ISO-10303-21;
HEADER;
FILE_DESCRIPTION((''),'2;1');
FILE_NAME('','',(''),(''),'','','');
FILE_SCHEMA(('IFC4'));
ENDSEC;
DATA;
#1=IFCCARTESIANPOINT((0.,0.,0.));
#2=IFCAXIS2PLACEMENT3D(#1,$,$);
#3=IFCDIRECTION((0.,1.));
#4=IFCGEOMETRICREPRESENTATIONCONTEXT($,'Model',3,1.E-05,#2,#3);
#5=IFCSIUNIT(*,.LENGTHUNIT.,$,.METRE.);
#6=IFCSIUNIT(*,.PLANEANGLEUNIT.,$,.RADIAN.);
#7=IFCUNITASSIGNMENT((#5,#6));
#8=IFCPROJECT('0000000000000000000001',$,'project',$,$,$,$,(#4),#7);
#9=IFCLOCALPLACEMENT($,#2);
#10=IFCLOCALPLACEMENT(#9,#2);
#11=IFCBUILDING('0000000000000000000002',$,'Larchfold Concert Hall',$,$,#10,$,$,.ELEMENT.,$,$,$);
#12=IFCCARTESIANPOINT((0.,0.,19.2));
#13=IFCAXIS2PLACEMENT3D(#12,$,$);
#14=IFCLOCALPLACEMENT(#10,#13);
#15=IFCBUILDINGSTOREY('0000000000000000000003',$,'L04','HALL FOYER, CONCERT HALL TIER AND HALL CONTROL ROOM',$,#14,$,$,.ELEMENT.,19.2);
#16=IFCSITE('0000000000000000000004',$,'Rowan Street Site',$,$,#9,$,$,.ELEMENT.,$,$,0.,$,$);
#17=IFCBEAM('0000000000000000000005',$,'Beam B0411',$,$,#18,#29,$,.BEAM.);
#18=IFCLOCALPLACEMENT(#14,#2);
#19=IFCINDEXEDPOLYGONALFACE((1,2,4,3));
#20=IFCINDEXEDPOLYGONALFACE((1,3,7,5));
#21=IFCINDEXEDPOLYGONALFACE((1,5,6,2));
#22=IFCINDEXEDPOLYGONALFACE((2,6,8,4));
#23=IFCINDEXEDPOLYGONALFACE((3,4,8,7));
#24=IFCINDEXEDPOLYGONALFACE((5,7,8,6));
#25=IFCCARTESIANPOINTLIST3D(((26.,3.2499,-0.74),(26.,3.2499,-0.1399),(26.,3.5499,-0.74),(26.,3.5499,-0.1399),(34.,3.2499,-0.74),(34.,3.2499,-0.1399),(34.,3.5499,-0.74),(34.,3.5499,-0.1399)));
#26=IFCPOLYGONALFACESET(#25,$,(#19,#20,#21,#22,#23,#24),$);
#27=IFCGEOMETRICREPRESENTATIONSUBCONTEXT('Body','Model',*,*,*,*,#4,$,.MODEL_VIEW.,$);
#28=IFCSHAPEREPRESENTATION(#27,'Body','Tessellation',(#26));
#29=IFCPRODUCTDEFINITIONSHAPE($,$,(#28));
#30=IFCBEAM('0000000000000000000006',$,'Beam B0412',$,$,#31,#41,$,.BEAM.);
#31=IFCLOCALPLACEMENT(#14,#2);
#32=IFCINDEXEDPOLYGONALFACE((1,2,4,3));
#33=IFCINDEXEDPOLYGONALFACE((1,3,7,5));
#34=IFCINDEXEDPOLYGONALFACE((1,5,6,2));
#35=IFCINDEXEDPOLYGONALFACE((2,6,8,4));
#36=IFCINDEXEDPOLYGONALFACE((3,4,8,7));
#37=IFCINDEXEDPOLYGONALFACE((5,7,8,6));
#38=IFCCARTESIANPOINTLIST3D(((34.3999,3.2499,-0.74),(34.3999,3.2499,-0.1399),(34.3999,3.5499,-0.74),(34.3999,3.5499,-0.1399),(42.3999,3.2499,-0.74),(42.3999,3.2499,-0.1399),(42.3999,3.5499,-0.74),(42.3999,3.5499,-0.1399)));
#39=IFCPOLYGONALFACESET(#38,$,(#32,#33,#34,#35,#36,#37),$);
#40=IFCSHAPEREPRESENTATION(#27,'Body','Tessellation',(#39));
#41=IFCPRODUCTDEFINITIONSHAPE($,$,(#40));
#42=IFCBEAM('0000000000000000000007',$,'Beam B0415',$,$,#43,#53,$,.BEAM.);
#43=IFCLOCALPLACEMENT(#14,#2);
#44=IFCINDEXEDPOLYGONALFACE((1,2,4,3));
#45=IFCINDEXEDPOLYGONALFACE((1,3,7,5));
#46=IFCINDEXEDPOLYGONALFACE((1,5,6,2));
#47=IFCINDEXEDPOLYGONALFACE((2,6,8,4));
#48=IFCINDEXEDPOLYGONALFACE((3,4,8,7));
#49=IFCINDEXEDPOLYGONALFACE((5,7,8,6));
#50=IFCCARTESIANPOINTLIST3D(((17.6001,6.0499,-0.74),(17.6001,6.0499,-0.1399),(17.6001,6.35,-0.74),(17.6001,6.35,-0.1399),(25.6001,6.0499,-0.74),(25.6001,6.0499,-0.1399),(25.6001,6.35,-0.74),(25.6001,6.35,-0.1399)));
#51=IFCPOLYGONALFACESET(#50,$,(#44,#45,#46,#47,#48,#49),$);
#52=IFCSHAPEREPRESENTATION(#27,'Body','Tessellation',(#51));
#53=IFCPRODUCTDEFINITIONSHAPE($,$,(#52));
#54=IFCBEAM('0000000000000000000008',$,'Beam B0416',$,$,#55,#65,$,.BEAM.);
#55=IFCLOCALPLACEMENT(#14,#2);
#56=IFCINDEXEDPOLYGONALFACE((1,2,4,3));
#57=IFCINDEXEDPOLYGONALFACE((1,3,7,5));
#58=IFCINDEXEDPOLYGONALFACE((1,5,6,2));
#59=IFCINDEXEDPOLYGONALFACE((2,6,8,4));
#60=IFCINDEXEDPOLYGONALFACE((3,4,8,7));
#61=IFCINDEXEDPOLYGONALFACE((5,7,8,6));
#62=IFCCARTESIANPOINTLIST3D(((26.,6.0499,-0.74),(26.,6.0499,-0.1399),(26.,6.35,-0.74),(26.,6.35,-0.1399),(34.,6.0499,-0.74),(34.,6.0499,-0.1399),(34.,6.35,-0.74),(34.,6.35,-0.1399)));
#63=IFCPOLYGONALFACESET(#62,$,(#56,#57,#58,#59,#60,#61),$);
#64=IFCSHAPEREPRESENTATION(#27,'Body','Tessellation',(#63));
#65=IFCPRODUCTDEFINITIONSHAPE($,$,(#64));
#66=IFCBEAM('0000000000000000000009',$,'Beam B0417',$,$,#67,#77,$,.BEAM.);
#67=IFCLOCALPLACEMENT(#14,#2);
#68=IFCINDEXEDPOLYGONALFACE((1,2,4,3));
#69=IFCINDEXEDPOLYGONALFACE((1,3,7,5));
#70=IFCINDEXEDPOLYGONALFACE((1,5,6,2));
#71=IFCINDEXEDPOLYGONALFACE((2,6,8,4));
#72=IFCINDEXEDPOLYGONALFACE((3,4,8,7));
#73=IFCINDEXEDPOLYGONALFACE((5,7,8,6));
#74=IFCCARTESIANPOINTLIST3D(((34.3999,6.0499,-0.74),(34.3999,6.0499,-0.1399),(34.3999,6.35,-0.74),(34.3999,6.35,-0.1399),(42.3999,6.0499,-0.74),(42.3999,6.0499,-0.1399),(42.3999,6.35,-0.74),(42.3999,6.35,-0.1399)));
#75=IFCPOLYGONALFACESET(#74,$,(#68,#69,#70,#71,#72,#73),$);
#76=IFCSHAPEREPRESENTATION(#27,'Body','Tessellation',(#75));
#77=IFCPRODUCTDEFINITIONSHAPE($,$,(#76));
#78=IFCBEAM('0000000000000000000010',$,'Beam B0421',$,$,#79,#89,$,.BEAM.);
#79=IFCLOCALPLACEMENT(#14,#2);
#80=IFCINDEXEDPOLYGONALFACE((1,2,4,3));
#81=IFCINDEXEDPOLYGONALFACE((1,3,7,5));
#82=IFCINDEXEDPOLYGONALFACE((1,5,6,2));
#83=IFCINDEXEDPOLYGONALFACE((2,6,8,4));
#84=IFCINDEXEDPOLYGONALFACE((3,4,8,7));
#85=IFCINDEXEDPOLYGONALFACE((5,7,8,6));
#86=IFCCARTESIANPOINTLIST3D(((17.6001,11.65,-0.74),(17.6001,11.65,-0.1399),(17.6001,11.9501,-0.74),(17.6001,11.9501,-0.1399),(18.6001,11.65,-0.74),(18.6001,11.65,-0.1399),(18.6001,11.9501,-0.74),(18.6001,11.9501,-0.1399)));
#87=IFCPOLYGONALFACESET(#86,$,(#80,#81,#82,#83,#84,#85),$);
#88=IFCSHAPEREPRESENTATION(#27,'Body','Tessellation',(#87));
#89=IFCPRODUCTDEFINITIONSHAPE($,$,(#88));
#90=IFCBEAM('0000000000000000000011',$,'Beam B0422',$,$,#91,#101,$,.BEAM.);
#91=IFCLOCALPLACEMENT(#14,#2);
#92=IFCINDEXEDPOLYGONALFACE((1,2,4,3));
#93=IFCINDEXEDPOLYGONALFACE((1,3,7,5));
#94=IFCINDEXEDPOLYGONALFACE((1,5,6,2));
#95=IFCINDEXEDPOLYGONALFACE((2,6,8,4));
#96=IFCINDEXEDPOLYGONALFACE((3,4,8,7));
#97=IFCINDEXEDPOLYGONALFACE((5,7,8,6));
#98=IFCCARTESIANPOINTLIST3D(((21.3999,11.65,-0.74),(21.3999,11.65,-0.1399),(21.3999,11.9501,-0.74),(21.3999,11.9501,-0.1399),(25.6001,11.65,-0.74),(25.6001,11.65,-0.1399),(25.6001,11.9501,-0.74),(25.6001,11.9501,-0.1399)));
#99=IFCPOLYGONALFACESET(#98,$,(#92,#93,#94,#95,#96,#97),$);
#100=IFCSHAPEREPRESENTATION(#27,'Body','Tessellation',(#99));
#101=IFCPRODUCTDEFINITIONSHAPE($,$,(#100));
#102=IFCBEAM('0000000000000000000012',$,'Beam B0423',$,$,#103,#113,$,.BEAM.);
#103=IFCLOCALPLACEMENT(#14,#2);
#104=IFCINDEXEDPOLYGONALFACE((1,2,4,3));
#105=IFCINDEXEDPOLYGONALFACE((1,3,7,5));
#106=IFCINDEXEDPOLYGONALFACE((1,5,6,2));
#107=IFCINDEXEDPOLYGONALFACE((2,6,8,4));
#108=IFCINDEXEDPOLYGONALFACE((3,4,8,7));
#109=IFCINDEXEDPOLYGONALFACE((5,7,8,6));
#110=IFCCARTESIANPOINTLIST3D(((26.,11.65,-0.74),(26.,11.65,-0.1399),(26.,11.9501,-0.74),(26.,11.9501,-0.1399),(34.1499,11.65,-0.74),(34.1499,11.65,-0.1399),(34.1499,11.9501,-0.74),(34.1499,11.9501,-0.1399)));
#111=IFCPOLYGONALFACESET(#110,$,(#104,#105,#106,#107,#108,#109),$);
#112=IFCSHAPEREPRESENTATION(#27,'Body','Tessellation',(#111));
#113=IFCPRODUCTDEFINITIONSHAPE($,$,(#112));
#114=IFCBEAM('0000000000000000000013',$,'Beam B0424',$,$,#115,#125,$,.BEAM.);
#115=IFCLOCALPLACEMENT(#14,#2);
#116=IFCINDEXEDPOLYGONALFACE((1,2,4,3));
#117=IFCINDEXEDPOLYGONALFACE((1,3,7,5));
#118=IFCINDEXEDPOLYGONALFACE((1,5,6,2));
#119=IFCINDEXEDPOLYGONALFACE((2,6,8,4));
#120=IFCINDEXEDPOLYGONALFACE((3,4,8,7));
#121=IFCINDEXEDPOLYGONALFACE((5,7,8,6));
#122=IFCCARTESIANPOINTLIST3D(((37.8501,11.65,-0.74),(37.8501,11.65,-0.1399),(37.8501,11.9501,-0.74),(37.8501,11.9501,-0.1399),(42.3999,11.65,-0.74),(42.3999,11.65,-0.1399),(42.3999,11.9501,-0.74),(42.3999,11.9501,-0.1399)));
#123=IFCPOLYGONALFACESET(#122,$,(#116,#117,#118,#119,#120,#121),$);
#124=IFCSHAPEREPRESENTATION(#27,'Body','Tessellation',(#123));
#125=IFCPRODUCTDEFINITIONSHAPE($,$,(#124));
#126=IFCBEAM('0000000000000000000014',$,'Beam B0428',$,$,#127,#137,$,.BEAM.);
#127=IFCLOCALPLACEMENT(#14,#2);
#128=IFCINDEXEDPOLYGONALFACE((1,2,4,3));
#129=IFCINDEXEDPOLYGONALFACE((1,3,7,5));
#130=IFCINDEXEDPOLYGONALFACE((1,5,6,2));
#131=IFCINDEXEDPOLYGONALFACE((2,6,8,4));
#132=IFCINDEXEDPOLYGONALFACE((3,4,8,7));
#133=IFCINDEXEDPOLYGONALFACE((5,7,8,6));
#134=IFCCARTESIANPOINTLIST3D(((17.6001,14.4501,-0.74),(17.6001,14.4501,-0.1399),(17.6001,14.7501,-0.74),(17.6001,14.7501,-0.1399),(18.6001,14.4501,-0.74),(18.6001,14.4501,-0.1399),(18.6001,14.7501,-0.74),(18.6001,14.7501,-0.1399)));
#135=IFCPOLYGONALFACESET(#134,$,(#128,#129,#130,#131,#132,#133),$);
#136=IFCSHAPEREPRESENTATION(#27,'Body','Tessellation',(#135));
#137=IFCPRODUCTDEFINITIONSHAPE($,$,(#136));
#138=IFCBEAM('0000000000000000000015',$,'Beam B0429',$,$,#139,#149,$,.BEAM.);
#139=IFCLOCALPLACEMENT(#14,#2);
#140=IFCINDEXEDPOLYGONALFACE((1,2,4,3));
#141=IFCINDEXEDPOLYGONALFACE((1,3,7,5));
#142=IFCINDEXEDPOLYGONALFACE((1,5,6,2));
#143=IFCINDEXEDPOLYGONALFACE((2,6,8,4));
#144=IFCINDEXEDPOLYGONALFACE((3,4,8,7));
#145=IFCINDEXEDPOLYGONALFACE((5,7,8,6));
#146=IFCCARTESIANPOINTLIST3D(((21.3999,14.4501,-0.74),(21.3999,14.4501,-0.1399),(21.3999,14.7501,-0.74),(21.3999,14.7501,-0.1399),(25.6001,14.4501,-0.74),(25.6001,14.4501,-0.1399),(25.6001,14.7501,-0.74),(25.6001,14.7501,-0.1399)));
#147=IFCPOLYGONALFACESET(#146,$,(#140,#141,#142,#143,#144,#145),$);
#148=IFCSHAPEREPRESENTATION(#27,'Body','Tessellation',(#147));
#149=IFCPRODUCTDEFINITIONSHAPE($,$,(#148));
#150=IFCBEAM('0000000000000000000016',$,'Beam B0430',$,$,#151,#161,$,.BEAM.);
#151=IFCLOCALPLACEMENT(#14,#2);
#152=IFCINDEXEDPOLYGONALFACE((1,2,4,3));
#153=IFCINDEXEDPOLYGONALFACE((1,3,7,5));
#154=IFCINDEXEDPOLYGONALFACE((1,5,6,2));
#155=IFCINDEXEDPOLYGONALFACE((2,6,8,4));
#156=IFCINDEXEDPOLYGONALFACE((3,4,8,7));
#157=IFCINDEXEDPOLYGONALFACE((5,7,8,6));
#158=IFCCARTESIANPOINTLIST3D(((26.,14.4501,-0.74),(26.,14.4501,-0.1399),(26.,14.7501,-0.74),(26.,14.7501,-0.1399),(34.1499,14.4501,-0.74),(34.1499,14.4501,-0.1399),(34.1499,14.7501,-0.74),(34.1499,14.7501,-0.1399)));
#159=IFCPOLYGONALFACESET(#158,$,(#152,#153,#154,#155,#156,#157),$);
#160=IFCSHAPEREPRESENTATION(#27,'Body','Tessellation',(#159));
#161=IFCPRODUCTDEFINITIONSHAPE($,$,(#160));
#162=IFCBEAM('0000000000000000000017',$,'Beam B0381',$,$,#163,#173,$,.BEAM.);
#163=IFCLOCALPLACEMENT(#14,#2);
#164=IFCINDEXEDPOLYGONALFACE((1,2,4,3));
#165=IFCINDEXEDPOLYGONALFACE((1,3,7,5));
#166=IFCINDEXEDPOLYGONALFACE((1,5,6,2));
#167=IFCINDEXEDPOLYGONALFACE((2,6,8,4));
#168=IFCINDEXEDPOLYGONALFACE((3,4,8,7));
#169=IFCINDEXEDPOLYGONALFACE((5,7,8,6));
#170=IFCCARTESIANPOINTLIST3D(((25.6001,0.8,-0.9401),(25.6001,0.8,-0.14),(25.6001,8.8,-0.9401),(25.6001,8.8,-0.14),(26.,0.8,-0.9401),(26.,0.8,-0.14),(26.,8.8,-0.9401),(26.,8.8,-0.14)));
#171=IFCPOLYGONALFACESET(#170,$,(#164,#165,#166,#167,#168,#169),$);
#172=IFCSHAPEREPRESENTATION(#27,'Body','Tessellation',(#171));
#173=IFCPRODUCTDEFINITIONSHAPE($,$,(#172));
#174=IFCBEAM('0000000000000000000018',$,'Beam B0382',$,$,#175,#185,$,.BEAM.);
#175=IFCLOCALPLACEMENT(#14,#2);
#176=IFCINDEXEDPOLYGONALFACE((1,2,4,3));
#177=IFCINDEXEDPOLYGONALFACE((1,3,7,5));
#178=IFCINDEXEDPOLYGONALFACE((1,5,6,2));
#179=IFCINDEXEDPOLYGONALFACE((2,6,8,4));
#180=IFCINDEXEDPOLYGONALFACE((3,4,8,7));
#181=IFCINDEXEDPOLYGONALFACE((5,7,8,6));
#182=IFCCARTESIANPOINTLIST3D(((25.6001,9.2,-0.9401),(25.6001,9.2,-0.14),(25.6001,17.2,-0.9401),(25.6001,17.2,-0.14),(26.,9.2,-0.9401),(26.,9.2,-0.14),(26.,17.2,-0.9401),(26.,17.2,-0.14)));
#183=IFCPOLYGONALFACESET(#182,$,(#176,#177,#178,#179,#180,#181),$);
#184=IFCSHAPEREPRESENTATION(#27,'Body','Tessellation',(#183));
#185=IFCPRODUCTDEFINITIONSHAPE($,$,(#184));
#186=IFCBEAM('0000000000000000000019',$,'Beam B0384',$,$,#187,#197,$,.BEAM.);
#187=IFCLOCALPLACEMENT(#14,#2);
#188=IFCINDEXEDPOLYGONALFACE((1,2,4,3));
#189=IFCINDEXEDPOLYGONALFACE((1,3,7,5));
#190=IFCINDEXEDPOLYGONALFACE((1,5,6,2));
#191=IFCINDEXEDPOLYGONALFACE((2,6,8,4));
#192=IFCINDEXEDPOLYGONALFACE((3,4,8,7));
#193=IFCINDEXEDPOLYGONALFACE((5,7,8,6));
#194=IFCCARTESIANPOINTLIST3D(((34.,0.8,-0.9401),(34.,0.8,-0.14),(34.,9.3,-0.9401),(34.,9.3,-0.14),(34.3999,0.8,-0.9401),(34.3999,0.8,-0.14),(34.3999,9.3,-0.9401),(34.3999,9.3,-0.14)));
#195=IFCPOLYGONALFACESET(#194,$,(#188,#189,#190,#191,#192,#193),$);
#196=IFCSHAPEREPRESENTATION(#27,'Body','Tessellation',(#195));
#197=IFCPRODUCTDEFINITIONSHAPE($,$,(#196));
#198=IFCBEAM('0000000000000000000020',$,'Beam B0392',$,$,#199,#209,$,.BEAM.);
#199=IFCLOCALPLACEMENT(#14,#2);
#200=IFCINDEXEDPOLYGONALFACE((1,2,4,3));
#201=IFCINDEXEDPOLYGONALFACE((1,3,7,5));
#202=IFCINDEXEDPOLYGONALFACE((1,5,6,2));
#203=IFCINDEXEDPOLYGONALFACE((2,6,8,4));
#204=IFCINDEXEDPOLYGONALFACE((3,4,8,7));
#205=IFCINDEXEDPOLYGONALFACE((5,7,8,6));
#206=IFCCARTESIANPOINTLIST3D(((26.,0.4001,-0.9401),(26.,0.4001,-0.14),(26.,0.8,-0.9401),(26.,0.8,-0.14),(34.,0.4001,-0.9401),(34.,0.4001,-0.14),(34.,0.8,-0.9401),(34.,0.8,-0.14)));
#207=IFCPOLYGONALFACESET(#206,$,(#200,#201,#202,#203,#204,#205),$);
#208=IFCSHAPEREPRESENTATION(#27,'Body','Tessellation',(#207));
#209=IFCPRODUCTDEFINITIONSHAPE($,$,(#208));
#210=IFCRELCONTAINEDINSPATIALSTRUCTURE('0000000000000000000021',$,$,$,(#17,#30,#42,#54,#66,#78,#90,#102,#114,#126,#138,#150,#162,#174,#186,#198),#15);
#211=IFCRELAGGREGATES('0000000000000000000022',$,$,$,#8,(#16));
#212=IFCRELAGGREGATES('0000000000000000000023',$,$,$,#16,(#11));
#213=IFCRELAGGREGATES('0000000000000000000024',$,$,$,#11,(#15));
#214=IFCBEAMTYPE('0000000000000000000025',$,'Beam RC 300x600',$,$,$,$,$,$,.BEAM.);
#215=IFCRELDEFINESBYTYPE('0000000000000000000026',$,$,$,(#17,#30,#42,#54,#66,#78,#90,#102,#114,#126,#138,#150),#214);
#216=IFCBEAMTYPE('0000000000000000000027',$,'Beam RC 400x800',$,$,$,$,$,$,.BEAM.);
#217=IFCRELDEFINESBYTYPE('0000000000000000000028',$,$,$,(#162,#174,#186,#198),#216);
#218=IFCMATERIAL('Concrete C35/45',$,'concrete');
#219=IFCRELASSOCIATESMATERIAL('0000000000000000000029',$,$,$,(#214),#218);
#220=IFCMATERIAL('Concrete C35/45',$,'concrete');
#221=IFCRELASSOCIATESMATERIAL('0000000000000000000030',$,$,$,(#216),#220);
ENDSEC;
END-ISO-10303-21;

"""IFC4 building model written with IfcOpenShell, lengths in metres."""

from ifc_helpers import new_model, si_unit, direction, frame, origin, origin_2d, place, context, subcontext, project, spatial, rectangle, extrude, material, material_profile, profile_set, type_object, element, save


model = new_model("IFC4")

# Units and contexts
model_context = context("Model", 3, precision=1e-05, world=origin(), true_north=direction((0.0, 1.0)))
body_context = subcontext(model_context, "Body", "Model", "MODEL_VIEW")
ifc_project = project(units=[si_unit("LENGTHUNIT", "METRE"), si_unit("PLANEANGLEUNIT", "RADIAN")], contexts=[model_context])

# Site, building, storey
site_placement = place(None, origin())
site = spatial("IfcSite", under=ifc_project, at=site_placement, Name="Rowan Street Site", CompositionType="ELEMENT", RefElevation=0.0)
building_placement = place(site_placement, origin())
building = spatial("IfcBuilding", under=site, at=building_placement, Name="Larchfold Concert Hall", CompositionType="ELEMENT")
storey_placement = place(building_placement, frame((0.0, 0.0, 19.2)))
storey = spatial("IfcBuildingStorey", under=building, at=storey_placement, Name="L04", Description="HALL FOYER, CONCERT HALL TIER AND HALL CONTROL ROOM", CompositionType="ELEMENT", Elevation=19.2)

# Beams
ifc_material_1 = material(Name="Concrete C35/45", Category="concrete")
ifc_material_profile_1 = material_profile(ifc_material_1, rectangle(XDim=0.3, YDim=0.6001, at=origin_2d()))
ifc_profile_set_1 = profile_set([ifc_material_profile_1], Name="Concrete C35/45")
beam_type_1 = type_object("IfcBeamType", Name="Beam RC 300x600", PredefinedType="BEAM", material=ifc_profile_set_1)
for number, where, z_axis, x_axis, name in (
    (1, (26.0, 3.3999, -0.4399), (1.0, 0.0, 0.0), (0.0, 1.0, 0.0), "Beam B0411"),
    (2, (34.3999, 3.3999, -0.4399), (1.0, 0.0, 0.0), (0.0, 1.0, 0.0), "Beam B0412"),
    (3, (17.6001, 6.2, -0.4399), (1.0, 0.0, 0.0), (0.0, 1.0, 0.0), "Beam B0415"),
    (4, (26.0, 6.2, -0.4399), (1.0, 0.0, 0.0), (0.0, 1.0, 0.0), "Beam B0416"),
    (5, (34.3999, 6.2, -0.4399), (1.0, 0.0, 0.0), (0.0, 1.0, 0.0), "Beam B0417"),
):
    element("IfcBeam", number, at=place(storey_placement, frame(where, z_axis=z_axis, x_axis=x_axis)), inside=storey, type_object=beam_type_1, Name=name, PredefinedType="BEAM", context=body_context, shape_type="SweptSolid", body=[
        extrude(rectangle(XDim=0.3, YDim=0.6001, at=origin_2d()), origin(), (0.0, 0.0, 1.0), 8.0),
    ])
beam_1_placement = place(storey_placement, frame((17.6001, 11.8, -0.4399), z_axis=(1.0, 0.0, 0.0), x_axis=(0.0, 1.0, 0.0)))
element("IfcBeam", 6, at=beam_1_placement, inside=storey, type_object=beam_type_1, Name="Beam B0421", PredefinedType="BEAM", context=body_context, shape_type="SweptSolid", body=[
    extrude(rectangle(XDim=0.3, YDim=0.6001, at=origin_2d()), origin(), (0.0, 0.0, 1.0), 1.0),
])
beam_2_placement = place(storey_placement, frame((21.3999, 11.8, -0.4399), z_axis=(1.0, 0.0, 0.0), x_axis=(0.0, 1.0, 0.0)))
element("IfcBeam", 7, at=beam_2_placement, inside=storey, type_object=beam_type_1, Name="Beam B0422", PredefinedType="BEAM", context=body_context, shape_type="SweptSolid", body=[
    extrude(rectangle(XDim=0.3, YDim=0.6001, at=origin_2d()), origin(), (0.0, 0.0, 1.0), 4.2002),
])
beam_3_placement = place(storey_placement, frame((26.0, 11.8, -0.4399), z_axis=(1.0, 0.0, 0.0), x_axis=(0.0, 1.0, 0.0)))
element("IfcBeam", 8, at=beam_3_placement, inside=storey, type_object=beam_type_1, Name="Beam B0423", PredefinedType="BEAM", context=body_context, shape_type="SweptSolid", body=[
    extrude(rectangle(XDim=0.3, YDim=0.6001, at=origin_2d()), origin(), (0.0, 0.0, 1.0), 8.1499),
])
beam_4_placement = place(storey_placement, frame((37.8501, 11.8, -0.4399), z_axis=(1.0, 0.0, 0.0), x_axis=(0.0, 1.0, 0.0)))
element("IfcBeam", 9, at=beam_4_placement, inside=storey, type_object=beam_type_1, Name="Beam B0424", PredefinedType="BEAM", context=body_context, shape_type="SweptSolid", body=[
    extrude(rectangle(XDim=0.3, YDim=0.6001, at=origin_2d()), origin(), (0.0, 0.0, 1.0), 4.5498),
])
beam_5_placement = place(storey_placement, frame((17.6001, 14.6001, -0.4399), z_axis=(1.0, 0.0, 0.0), x_axis=(0.0, 1.0, 0.0)))
element("IfcBeam", 10, at=beam_5_placement, inside=storey, type_object=beam_type_1, Name="Beam B0428", PredefinedType="BEAM", context=body_context, shape_type="SweptSolid", body=[
    extrude(rectangle(XDim=0.3, YDim=0.6001, at=origin_2d()), origin(), (0.0, 0.0, 1.0), 1.0),
])
beam_6_placement = place(storey_placement, frame((21.3999, 14.6001, -0.4399), z_axis=(1.0, 0.0, 0.0), x_axis=(0.0, 1.0, 0.0)))
element("IfcBeam", 11, at=beam_6_placement, inside=storey, type_object=beam_type_1, Name="Beam B0429", PredefinedType="BEAM", context=body_context, shape_type="SweptSolid", body=[
    extrude(rectangle(XDim=0.3, YDim=0.6001, at=origin_2d()), origin(), (0.0, 0.0, 1.0), 4.2002),
])
beam_7_placement = place(storey_placement, frame((26.0, 14.6001, -0.4399), z_axis=(1.0, 0.0, 0.0), x_axis=(0.0, 1.0, 0.0)))
element("IfcBeam", 12, at=beam_7_placement, inside=storey, type_object=beam_type_1, Name="Beam B0430", PredefinedType="BEAM", context=body_context, shape_type="SweptSolid", body=[
    extrude(rectangle(XDim=0.3, YDim=0.6001, at=origin_2d()), origin(), (0.0, 0.0, 1.0), 8.1499),
])
ifc_material_2 = material(Name="Concrete C35/45", Category="concrete")
ifc_material_profile_2 = material_profile(ifc_material_2, rectangle(XDim=0.3999, YDim=0.8, at=origin_2d()))
ifc_profile_set_2 = profile_set([ifc_material_profile_2], Name="Concrete C35/45")
beam_type_2 = type_object("IfcBeamType", Name="Beam RC 400x800", PredefinedType="BEAM", material=ifc_profile_set_2)
for number, where, z_axis, x_axis, name in (
    (13, (25.8, 0.8, -0.54), (0.0, 1.0, 0.0), (-1.0, 0.0, 0.0), "Beam B0381"),
    (14, (25.8, 9.2, -0.54), (0.0, 1.0, 0.0), (-1.0, 0.0, 0.0), "Beam B0382"),
):
    element("IfcBeam", number, at=place(storey_placement, frame(where, z_axis=z_axis, x_axis=x_axis)), inside=storey, type_object=beam_type_2, Name=name, PredefinedType="BEAM", context=body_context, shape_type="SweptSolid", body=[
        extrude(rectangle(XDim=0.3999, YDim=0.8, at=origin_2d()), origin(), (0.0, 0.0, 1.0), 8.0),
    ])
beam_8_placement = place(storey_placement, frame((34.2, 0.8, -0.54), z_axis=(0.0, 1.0, 0.0), x_axis=(-1.0, 0.0, 0.0)))
element("IfcBeam", 15, at=beam_8_placement, inside=storey, type_object=beam_type_2, Name="Beam B0384", PredefinedType="BEAM", context=body_context, shape_type="SweptSolid", body=[
    extrude(rectangle(XDim=0.3999, YDim=0.8, at=origin_2d()), origin(), (0.0, 0.0, 1.0), 8.5),
])
for number, where, z_axis, x_axis, name in (
    (16, (26.0, 0.6001, -0.54), (1.0, 0.0, 0.0), (0.0, 1.0, 0.0), "Beam B0392"),
):
    element("IfcBeam", number, at=place(storey_placement, frame(where, z_axis=z_axis, x_axis=x_axis)), inside=storey, type_object=beam_type_2, Name=name, PredefinedType="BEAM", context=body_context, shape_type="SweptSolid", body=[
        extrude(rectangle(XDim=0.3999, YDim=0.8, at=origin_2d()), origin(), (0.0, 0.0, 1.0), 8.0),
    ])

save(model, "model.ifc")
